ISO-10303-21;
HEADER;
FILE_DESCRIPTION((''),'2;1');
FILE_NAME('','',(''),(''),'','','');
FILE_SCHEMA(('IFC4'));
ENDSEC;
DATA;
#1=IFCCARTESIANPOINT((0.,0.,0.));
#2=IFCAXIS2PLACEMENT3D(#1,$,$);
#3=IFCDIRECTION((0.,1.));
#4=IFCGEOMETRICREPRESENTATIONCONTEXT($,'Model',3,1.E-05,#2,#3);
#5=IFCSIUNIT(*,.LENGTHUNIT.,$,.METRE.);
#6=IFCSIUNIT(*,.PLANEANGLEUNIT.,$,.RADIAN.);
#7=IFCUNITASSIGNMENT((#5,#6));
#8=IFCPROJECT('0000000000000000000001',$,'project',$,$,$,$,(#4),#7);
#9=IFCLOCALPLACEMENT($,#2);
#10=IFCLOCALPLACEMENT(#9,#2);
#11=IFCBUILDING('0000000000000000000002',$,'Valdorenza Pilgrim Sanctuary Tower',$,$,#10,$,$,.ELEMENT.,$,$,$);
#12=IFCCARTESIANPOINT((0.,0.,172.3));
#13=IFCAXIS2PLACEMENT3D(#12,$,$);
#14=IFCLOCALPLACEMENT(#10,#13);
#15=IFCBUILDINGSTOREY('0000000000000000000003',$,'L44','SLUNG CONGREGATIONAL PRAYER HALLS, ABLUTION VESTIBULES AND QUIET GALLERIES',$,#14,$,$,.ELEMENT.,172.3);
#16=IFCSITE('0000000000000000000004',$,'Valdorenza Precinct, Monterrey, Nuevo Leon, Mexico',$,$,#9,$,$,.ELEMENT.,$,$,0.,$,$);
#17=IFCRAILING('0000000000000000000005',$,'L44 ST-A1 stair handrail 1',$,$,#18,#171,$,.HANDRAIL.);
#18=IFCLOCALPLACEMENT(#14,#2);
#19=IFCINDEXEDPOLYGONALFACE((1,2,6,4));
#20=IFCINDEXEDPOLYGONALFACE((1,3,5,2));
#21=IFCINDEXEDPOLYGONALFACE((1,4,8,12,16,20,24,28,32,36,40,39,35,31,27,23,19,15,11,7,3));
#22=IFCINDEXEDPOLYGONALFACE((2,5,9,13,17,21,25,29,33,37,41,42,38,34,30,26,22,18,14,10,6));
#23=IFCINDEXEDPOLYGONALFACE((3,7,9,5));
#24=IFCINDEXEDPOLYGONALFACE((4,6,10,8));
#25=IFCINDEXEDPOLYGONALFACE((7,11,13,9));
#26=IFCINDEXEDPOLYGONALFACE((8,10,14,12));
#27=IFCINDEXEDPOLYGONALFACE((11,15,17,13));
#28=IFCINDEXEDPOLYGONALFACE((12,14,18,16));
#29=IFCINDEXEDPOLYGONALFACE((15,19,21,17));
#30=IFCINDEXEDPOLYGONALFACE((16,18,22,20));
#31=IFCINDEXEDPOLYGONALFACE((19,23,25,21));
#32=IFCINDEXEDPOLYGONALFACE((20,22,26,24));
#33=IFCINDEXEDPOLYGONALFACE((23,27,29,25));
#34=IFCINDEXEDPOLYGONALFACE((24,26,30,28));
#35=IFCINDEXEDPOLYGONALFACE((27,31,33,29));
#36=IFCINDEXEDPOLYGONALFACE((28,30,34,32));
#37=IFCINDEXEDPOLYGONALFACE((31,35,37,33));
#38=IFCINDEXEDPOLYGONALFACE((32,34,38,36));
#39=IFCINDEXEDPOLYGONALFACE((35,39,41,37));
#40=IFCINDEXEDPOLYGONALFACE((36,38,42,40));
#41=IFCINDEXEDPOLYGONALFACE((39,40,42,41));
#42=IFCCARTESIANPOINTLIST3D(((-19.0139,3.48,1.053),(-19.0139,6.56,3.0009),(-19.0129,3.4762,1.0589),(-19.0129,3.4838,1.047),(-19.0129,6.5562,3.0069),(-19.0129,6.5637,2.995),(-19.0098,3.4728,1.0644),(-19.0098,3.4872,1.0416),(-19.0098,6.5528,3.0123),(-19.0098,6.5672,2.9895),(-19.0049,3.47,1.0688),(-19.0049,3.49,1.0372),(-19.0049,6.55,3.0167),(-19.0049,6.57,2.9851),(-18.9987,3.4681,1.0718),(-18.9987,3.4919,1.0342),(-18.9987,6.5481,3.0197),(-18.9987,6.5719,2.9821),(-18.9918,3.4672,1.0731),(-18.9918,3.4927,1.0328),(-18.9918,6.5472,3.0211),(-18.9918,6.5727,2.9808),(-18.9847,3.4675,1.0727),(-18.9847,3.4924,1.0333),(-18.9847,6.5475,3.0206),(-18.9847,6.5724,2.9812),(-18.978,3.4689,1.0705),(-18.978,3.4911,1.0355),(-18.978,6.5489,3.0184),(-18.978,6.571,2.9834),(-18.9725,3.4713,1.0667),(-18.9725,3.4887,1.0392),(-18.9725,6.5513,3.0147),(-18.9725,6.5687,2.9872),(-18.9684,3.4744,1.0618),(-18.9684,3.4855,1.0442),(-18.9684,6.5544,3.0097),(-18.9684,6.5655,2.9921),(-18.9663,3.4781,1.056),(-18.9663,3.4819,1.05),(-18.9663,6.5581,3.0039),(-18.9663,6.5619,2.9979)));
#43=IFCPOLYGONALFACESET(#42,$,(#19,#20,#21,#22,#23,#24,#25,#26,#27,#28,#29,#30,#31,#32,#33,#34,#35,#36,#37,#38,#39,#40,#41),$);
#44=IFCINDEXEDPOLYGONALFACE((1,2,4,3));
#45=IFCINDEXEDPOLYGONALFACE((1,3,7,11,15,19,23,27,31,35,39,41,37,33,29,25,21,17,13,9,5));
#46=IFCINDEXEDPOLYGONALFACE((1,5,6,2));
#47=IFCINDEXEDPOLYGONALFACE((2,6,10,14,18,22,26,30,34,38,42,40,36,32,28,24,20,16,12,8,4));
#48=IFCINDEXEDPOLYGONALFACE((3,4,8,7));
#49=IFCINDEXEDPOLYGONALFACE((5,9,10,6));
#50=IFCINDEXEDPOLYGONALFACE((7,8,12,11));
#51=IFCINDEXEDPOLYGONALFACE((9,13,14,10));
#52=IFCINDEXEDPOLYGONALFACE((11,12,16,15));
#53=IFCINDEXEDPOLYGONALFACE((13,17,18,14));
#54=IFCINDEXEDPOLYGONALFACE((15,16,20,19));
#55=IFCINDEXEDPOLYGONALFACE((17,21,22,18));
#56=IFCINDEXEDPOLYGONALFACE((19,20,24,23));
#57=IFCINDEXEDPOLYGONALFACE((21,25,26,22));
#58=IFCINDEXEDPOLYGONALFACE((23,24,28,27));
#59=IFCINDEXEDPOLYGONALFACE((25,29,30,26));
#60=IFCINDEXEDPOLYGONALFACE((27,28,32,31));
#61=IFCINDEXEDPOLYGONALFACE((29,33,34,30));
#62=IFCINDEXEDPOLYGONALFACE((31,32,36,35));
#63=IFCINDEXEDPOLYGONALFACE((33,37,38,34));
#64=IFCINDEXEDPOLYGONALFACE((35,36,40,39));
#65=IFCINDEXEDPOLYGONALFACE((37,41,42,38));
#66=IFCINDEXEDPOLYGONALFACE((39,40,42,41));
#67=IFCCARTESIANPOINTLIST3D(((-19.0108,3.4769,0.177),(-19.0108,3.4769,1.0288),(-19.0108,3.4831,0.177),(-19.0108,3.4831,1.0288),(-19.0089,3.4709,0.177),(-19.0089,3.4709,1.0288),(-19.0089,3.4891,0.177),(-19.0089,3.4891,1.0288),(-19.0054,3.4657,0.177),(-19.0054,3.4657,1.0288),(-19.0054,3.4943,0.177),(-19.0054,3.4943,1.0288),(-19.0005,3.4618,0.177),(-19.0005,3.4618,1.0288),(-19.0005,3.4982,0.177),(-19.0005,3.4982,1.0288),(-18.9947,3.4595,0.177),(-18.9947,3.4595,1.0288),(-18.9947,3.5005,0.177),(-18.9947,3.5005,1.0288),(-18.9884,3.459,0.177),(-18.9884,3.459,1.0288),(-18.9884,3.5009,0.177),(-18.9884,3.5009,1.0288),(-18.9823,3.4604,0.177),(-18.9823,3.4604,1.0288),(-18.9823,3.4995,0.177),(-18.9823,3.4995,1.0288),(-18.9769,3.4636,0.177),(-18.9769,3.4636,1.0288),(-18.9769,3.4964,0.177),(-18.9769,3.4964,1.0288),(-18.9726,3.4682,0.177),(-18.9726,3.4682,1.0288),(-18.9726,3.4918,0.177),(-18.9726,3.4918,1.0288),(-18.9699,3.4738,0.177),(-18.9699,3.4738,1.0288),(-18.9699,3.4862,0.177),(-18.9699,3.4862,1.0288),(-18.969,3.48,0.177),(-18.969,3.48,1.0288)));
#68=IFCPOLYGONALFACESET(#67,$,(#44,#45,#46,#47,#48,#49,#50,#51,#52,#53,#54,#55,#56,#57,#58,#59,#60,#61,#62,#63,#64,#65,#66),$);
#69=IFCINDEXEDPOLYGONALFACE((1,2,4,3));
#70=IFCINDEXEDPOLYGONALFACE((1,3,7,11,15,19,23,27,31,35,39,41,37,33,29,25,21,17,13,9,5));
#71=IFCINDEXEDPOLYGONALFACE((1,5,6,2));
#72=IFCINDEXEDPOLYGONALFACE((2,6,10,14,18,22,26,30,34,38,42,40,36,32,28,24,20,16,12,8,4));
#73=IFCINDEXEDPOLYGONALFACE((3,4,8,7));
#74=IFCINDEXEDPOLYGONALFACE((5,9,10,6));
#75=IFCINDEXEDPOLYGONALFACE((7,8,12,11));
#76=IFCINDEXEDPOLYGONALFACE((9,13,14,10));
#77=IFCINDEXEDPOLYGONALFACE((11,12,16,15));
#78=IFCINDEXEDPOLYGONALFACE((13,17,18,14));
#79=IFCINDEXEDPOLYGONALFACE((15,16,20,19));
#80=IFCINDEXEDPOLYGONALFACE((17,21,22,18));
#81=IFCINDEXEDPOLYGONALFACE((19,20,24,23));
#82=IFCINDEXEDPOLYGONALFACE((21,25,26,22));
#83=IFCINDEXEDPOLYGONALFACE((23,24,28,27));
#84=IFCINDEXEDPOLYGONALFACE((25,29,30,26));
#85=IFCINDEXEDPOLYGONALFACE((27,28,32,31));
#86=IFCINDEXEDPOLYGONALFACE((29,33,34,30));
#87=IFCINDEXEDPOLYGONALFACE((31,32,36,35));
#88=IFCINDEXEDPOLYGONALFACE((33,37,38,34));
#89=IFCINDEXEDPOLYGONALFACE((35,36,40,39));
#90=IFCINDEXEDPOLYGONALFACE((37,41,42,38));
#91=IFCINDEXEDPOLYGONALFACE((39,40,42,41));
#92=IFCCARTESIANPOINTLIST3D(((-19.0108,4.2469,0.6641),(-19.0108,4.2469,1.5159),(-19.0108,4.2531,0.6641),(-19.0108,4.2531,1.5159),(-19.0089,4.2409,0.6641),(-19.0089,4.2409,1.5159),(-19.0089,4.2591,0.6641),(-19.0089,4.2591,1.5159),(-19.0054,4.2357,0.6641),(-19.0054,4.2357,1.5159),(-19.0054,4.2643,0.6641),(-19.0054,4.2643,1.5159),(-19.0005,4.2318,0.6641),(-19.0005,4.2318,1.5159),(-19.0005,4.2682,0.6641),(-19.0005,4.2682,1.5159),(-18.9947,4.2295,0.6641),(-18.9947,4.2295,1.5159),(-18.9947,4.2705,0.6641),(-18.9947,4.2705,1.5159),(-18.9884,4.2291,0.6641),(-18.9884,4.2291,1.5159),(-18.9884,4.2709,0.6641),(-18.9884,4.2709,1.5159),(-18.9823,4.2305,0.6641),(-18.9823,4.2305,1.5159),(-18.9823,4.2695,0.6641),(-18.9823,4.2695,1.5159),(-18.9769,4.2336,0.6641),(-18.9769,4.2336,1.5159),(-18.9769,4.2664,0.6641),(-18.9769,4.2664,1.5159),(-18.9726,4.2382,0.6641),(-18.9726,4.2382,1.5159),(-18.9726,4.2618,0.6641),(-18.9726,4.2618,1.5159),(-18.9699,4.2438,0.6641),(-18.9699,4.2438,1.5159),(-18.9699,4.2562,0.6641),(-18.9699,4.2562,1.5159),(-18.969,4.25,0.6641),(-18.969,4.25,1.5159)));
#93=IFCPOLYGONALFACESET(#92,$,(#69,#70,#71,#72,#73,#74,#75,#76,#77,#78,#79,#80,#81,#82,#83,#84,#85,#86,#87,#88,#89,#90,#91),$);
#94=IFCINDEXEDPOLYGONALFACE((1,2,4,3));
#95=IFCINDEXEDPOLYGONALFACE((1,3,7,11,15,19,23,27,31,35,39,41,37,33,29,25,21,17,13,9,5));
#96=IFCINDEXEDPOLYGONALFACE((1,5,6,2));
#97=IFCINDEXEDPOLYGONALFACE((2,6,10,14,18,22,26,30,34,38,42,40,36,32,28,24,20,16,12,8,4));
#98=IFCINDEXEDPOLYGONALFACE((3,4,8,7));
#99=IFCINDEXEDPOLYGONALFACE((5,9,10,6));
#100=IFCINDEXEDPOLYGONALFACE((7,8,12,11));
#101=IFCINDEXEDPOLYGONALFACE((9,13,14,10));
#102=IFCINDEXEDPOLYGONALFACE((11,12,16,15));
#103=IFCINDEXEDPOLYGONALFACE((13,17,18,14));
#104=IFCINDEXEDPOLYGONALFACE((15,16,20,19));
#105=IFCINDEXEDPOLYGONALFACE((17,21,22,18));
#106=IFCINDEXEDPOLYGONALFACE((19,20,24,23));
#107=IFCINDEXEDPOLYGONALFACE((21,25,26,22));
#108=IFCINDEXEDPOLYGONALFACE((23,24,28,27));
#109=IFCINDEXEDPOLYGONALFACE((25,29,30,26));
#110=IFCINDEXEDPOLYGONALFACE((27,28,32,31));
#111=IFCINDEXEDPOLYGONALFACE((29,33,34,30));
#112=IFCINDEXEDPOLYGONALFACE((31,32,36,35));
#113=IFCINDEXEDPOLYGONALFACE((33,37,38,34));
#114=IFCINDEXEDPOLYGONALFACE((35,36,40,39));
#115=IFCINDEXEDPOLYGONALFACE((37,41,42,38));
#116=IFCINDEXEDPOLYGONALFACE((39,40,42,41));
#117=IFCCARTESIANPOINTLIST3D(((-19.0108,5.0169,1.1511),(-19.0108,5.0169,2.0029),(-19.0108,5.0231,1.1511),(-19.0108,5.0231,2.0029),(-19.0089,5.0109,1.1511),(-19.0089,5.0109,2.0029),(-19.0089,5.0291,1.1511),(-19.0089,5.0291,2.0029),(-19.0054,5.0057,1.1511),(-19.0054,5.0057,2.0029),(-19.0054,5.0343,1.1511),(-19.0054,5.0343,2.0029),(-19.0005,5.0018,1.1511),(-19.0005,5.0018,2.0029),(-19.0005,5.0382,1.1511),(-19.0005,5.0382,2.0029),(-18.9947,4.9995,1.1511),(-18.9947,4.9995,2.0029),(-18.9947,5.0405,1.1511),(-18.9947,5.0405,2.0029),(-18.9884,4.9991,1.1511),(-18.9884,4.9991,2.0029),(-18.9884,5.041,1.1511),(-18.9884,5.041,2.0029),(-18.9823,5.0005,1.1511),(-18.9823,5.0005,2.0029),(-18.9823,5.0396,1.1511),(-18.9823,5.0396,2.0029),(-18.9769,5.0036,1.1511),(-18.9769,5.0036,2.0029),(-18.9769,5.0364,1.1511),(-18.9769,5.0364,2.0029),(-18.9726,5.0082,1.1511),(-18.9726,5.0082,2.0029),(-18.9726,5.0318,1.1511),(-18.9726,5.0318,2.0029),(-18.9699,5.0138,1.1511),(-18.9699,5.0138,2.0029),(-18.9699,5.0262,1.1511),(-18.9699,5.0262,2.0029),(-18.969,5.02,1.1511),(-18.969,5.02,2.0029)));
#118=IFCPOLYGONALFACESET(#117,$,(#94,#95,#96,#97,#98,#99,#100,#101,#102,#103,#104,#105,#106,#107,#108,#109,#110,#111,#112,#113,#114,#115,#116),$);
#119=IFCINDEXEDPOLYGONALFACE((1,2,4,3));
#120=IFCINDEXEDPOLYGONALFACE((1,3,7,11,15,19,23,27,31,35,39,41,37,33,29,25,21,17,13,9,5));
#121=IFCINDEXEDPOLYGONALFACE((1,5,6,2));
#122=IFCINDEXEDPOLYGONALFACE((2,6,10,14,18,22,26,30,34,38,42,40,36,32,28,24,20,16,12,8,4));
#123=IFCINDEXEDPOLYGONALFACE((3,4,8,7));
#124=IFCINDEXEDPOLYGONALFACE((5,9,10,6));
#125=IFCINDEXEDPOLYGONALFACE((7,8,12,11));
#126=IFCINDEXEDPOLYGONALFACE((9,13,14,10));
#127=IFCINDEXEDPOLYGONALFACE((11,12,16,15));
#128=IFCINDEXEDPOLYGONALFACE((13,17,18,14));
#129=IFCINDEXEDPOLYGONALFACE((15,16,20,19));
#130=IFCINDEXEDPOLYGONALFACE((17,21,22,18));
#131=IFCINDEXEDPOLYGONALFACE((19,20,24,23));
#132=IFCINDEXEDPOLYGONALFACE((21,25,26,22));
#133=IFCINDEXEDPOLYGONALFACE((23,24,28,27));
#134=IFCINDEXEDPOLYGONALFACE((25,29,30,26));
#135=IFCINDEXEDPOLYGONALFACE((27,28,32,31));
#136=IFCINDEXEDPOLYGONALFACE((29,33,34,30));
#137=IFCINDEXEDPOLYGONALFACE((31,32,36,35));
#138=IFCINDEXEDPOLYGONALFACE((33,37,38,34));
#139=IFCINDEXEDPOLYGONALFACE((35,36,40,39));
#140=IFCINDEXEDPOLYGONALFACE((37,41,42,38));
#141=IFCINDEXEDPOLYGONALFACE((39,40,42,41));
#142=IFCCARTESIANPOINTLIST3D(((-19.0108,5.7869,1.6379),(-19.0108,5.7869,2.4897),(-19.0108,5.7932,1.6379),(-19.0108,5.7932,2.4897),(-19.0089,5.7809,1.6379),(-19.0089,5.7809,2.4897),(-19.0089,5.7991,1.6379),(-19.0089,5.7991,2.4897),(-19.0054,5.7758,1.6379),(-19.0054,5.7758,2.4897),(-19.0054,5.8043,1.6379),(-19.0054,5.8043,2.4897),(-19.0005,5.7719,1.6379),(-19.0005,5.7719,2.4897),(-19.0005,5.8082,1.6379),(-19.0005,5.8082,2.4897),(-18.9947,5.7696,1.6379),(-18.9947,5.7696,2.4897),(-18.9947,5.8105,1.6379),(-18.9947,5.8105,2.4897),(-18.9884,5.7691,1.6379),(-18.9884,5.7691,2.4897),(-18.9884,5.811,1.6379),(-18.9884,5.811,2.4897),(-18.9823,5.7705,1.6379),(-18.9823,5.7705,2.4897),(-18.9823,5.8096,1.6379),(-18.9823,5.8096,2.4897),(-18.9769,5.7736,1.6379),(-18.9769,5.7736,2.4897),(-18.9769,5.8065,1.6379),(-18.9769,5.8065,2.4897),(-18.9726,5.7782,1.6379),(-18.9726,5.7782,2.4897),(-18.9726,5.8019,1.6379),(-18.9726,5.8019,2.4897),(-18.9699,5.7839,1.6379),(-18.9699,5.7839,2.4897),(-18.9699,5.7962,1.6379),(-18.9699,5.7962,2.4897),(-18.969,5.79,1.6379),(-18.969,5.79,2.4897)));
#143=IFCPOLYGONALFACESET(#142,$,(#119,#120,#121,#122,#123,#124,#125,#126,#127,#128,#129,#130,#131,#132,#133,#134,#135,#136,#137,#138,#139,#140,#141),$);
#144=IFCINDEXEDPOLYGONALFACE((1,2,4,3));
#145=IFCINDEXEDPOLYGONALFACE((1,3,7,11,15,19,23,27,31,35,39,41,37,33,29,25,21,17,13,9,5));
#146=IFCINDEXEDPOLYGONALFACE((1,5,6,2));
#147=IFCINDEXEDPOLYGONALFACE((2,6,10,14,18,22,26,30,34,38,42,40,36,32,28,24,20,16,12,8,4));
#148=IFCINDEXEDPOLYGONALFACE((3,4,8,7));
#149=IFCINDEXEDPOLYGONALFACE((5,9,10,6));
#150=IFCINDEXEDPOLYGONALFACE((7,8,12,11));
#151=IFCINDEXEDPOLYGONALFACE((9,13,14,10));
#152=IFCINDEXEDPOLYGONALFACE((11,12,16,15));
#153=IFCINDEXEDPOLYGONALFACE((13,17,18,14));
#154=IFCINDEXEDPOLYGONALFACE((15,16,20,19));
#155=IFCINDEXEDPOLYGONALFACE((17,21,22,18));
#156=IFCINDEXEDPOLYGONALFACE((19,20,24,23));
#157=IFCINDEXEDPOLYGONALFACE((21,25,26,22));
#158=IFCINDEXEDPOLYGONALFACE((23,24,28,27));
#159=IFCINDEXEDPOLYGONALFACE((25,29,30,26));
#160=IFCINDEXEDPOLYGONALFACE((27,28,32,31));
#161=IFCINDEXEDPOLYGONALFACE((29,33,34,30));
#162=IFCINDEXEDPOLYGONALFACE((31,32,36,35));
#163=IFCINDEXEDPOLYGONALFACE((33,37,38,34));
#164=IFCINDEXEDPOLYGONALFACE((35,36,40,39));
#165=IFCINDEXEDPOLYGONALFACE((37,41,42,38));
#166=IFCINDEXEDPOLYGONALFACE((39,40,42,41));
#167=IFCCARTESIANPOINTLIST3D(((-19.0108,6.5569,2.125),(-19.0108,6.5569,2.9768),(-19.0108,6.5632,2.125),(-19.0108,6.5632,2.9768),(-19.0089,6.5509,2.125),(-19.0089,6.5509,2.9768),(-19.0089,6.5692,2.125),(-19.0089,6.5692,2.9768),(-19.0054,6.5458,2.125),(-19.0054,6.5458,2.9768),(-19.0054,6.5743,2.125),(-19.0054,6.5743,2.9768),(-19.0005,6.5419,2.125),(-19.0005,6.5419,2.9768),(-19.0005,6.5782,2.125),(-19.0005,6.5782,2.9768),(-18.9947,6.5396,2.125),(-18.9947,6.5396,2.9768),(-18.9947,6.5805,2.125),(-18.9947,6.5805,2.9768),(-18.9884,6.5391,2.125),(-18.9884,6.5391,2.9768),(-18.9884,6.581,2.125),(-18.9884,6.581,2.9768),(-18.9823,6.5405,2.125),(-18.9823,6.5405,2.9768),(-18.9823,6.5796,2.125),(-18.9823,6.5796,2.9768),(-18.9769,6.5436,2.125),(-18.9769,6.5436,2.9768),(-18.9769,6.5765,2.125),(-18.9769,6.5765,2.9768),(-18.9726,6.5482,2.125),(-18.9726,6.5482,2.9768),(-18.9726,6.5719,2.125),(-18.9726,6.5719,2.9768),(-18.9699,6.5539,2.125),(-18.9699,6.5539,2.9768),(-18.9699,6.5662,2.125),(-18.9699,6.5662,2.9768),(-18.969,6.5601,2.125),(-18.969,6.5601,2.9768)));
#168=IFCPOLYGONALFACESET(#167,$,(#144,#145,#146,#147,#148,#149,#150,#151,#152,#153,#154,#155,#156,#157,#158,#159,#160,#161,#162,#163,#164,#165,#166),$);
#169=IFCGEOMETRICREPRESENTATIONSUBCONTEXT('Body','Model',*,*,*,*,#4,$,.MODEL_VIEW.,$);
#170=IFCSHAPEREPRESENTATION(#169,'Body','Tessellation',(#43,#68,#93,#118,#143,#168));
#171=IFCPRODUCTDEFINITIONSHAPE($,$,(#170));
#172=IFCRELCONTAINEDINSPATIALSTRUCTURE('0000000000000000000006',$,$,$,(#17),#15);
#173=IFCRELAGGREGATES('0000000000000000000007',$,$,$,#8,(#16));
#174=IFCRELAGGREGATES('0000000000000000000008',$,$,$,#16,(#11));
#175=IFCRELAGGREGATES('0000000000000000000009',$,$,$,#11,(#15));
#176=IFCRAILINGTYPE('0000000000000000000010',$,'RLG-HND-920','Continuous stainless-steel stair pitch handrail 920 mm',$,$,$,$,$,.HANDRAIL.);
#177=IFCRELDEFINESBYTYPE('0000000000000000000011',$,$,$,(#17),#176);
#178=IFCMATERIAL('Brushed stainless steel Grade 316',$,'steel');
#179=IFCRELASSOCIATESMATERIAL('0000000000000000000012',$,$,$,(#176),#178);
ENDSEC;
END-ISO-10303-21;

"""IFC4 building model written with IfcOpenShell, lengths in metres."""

from ifc_helpers import new_model, si_unit, direction, frame, origin, origin_2d, place, context, subcontext, project, spatial, circle, extrude, material, type_object, element, save


model = new_model("IFC4")

# Units and contexts
model_context = context("Model", 3, precision=1e-05, world=origin(), true_north=direction((0.0, 1.0)))
body_context = subcontext(model_context, "Body", "Model", "MODEL_VIEW")
ifc_project = project(units=[si_unit("LENGTHUNIT", "METRE"), si_unit("PLANEANGLEUNIT", "RADIAN")], contexts=[model_context])

# Site, building, storey
site_placement = place(None, origin())
site = spatial("IfcSite", under=ifc_project, at=site_placement, Name="Valdorenza Precinct, Monterrey, Nuevo Leon, Mexico", CompositionType="ELEMENT", RefElevation=0.0)
building_placement = place(site_placement, origin())
building = spatial("IfcBuilding", under=site, at=building_placement, Name="Valdorenza Pilgrim Sanctuary Tower", CompositionType="ELEMENT")
storey_placement = place(building_placement, frame((0.0, 0.0, 172.3)))
storey = spatial("IfcBuildingStorey", under=building, at=storey_placement, Name="L44", Description="SLUNG CONGREGATIONAL PRAYER HALLS, ABLUTION VESTIBULES AND QUIET GALLERIES", CompositionType="ELEMENT", Elevation=172.3)

# Shared definitions
ifc_material_1 = material(Name="Brushed stainless steel Grade 316", Category="steel")

# Railing
railing_type_1 = type_object("IfcRailingType", Name="RLG-HND-920", Description="Continuous stainless-steel stair pitch handrail 920 mm", PredefinedType="HANDRAIL", material=ifc_material_1)
railing_1_placement = place(storey_placement, frame((-18.99, 3.48, 0.177)))
element("IfcRailing", 1, at=railing_1_placement, inside=storey, type_object=railing_type_1, Name="L44 ST-A1 stair handrail 1", PredefinedType="HANDRAIL", context=body_context, shape_type="SweptSolid", body=[
    extrude(circle(Radius=0.0239, at=origin_2d()), frame((0.0, 0.0, 0.876), z_axis=(0.0, 0.845156, 0.53452), x_axis=(-1.0, 0.0, 0.0)), (0.0, 0.0, 1.0), 3.6443),
    extrude(circle(Radius=0.021, at=origin_2d()), origin(), (0.0, 0.0, 1.0), 0.8518),
    extrude(circle(Radius=0.021, at=origin_2d()), frame((0.0, 0.77, 0.4871)), (0.0, 0.0, 1.0), 0.8518),
    extrude(circle(Radius=0.021, at=origin_2d()), frame((0.0, 1.54, 0.9741)), (0.0, 0.0, 1.0), 0.8518),
    extrude(circle(Radius=0.021, at=origin_2d()), frame((0.0, 2.3101, 1.4609)), (0.0, 0.0, 1.0), 0.8518),
    extrude(circle(Radius=0.021, at=origin_2d()), frame((0.0, 3.0801, 1.948)), (0.0, 0.0, 1.0), 0.8518),
])

save(model, "model.ifc")
